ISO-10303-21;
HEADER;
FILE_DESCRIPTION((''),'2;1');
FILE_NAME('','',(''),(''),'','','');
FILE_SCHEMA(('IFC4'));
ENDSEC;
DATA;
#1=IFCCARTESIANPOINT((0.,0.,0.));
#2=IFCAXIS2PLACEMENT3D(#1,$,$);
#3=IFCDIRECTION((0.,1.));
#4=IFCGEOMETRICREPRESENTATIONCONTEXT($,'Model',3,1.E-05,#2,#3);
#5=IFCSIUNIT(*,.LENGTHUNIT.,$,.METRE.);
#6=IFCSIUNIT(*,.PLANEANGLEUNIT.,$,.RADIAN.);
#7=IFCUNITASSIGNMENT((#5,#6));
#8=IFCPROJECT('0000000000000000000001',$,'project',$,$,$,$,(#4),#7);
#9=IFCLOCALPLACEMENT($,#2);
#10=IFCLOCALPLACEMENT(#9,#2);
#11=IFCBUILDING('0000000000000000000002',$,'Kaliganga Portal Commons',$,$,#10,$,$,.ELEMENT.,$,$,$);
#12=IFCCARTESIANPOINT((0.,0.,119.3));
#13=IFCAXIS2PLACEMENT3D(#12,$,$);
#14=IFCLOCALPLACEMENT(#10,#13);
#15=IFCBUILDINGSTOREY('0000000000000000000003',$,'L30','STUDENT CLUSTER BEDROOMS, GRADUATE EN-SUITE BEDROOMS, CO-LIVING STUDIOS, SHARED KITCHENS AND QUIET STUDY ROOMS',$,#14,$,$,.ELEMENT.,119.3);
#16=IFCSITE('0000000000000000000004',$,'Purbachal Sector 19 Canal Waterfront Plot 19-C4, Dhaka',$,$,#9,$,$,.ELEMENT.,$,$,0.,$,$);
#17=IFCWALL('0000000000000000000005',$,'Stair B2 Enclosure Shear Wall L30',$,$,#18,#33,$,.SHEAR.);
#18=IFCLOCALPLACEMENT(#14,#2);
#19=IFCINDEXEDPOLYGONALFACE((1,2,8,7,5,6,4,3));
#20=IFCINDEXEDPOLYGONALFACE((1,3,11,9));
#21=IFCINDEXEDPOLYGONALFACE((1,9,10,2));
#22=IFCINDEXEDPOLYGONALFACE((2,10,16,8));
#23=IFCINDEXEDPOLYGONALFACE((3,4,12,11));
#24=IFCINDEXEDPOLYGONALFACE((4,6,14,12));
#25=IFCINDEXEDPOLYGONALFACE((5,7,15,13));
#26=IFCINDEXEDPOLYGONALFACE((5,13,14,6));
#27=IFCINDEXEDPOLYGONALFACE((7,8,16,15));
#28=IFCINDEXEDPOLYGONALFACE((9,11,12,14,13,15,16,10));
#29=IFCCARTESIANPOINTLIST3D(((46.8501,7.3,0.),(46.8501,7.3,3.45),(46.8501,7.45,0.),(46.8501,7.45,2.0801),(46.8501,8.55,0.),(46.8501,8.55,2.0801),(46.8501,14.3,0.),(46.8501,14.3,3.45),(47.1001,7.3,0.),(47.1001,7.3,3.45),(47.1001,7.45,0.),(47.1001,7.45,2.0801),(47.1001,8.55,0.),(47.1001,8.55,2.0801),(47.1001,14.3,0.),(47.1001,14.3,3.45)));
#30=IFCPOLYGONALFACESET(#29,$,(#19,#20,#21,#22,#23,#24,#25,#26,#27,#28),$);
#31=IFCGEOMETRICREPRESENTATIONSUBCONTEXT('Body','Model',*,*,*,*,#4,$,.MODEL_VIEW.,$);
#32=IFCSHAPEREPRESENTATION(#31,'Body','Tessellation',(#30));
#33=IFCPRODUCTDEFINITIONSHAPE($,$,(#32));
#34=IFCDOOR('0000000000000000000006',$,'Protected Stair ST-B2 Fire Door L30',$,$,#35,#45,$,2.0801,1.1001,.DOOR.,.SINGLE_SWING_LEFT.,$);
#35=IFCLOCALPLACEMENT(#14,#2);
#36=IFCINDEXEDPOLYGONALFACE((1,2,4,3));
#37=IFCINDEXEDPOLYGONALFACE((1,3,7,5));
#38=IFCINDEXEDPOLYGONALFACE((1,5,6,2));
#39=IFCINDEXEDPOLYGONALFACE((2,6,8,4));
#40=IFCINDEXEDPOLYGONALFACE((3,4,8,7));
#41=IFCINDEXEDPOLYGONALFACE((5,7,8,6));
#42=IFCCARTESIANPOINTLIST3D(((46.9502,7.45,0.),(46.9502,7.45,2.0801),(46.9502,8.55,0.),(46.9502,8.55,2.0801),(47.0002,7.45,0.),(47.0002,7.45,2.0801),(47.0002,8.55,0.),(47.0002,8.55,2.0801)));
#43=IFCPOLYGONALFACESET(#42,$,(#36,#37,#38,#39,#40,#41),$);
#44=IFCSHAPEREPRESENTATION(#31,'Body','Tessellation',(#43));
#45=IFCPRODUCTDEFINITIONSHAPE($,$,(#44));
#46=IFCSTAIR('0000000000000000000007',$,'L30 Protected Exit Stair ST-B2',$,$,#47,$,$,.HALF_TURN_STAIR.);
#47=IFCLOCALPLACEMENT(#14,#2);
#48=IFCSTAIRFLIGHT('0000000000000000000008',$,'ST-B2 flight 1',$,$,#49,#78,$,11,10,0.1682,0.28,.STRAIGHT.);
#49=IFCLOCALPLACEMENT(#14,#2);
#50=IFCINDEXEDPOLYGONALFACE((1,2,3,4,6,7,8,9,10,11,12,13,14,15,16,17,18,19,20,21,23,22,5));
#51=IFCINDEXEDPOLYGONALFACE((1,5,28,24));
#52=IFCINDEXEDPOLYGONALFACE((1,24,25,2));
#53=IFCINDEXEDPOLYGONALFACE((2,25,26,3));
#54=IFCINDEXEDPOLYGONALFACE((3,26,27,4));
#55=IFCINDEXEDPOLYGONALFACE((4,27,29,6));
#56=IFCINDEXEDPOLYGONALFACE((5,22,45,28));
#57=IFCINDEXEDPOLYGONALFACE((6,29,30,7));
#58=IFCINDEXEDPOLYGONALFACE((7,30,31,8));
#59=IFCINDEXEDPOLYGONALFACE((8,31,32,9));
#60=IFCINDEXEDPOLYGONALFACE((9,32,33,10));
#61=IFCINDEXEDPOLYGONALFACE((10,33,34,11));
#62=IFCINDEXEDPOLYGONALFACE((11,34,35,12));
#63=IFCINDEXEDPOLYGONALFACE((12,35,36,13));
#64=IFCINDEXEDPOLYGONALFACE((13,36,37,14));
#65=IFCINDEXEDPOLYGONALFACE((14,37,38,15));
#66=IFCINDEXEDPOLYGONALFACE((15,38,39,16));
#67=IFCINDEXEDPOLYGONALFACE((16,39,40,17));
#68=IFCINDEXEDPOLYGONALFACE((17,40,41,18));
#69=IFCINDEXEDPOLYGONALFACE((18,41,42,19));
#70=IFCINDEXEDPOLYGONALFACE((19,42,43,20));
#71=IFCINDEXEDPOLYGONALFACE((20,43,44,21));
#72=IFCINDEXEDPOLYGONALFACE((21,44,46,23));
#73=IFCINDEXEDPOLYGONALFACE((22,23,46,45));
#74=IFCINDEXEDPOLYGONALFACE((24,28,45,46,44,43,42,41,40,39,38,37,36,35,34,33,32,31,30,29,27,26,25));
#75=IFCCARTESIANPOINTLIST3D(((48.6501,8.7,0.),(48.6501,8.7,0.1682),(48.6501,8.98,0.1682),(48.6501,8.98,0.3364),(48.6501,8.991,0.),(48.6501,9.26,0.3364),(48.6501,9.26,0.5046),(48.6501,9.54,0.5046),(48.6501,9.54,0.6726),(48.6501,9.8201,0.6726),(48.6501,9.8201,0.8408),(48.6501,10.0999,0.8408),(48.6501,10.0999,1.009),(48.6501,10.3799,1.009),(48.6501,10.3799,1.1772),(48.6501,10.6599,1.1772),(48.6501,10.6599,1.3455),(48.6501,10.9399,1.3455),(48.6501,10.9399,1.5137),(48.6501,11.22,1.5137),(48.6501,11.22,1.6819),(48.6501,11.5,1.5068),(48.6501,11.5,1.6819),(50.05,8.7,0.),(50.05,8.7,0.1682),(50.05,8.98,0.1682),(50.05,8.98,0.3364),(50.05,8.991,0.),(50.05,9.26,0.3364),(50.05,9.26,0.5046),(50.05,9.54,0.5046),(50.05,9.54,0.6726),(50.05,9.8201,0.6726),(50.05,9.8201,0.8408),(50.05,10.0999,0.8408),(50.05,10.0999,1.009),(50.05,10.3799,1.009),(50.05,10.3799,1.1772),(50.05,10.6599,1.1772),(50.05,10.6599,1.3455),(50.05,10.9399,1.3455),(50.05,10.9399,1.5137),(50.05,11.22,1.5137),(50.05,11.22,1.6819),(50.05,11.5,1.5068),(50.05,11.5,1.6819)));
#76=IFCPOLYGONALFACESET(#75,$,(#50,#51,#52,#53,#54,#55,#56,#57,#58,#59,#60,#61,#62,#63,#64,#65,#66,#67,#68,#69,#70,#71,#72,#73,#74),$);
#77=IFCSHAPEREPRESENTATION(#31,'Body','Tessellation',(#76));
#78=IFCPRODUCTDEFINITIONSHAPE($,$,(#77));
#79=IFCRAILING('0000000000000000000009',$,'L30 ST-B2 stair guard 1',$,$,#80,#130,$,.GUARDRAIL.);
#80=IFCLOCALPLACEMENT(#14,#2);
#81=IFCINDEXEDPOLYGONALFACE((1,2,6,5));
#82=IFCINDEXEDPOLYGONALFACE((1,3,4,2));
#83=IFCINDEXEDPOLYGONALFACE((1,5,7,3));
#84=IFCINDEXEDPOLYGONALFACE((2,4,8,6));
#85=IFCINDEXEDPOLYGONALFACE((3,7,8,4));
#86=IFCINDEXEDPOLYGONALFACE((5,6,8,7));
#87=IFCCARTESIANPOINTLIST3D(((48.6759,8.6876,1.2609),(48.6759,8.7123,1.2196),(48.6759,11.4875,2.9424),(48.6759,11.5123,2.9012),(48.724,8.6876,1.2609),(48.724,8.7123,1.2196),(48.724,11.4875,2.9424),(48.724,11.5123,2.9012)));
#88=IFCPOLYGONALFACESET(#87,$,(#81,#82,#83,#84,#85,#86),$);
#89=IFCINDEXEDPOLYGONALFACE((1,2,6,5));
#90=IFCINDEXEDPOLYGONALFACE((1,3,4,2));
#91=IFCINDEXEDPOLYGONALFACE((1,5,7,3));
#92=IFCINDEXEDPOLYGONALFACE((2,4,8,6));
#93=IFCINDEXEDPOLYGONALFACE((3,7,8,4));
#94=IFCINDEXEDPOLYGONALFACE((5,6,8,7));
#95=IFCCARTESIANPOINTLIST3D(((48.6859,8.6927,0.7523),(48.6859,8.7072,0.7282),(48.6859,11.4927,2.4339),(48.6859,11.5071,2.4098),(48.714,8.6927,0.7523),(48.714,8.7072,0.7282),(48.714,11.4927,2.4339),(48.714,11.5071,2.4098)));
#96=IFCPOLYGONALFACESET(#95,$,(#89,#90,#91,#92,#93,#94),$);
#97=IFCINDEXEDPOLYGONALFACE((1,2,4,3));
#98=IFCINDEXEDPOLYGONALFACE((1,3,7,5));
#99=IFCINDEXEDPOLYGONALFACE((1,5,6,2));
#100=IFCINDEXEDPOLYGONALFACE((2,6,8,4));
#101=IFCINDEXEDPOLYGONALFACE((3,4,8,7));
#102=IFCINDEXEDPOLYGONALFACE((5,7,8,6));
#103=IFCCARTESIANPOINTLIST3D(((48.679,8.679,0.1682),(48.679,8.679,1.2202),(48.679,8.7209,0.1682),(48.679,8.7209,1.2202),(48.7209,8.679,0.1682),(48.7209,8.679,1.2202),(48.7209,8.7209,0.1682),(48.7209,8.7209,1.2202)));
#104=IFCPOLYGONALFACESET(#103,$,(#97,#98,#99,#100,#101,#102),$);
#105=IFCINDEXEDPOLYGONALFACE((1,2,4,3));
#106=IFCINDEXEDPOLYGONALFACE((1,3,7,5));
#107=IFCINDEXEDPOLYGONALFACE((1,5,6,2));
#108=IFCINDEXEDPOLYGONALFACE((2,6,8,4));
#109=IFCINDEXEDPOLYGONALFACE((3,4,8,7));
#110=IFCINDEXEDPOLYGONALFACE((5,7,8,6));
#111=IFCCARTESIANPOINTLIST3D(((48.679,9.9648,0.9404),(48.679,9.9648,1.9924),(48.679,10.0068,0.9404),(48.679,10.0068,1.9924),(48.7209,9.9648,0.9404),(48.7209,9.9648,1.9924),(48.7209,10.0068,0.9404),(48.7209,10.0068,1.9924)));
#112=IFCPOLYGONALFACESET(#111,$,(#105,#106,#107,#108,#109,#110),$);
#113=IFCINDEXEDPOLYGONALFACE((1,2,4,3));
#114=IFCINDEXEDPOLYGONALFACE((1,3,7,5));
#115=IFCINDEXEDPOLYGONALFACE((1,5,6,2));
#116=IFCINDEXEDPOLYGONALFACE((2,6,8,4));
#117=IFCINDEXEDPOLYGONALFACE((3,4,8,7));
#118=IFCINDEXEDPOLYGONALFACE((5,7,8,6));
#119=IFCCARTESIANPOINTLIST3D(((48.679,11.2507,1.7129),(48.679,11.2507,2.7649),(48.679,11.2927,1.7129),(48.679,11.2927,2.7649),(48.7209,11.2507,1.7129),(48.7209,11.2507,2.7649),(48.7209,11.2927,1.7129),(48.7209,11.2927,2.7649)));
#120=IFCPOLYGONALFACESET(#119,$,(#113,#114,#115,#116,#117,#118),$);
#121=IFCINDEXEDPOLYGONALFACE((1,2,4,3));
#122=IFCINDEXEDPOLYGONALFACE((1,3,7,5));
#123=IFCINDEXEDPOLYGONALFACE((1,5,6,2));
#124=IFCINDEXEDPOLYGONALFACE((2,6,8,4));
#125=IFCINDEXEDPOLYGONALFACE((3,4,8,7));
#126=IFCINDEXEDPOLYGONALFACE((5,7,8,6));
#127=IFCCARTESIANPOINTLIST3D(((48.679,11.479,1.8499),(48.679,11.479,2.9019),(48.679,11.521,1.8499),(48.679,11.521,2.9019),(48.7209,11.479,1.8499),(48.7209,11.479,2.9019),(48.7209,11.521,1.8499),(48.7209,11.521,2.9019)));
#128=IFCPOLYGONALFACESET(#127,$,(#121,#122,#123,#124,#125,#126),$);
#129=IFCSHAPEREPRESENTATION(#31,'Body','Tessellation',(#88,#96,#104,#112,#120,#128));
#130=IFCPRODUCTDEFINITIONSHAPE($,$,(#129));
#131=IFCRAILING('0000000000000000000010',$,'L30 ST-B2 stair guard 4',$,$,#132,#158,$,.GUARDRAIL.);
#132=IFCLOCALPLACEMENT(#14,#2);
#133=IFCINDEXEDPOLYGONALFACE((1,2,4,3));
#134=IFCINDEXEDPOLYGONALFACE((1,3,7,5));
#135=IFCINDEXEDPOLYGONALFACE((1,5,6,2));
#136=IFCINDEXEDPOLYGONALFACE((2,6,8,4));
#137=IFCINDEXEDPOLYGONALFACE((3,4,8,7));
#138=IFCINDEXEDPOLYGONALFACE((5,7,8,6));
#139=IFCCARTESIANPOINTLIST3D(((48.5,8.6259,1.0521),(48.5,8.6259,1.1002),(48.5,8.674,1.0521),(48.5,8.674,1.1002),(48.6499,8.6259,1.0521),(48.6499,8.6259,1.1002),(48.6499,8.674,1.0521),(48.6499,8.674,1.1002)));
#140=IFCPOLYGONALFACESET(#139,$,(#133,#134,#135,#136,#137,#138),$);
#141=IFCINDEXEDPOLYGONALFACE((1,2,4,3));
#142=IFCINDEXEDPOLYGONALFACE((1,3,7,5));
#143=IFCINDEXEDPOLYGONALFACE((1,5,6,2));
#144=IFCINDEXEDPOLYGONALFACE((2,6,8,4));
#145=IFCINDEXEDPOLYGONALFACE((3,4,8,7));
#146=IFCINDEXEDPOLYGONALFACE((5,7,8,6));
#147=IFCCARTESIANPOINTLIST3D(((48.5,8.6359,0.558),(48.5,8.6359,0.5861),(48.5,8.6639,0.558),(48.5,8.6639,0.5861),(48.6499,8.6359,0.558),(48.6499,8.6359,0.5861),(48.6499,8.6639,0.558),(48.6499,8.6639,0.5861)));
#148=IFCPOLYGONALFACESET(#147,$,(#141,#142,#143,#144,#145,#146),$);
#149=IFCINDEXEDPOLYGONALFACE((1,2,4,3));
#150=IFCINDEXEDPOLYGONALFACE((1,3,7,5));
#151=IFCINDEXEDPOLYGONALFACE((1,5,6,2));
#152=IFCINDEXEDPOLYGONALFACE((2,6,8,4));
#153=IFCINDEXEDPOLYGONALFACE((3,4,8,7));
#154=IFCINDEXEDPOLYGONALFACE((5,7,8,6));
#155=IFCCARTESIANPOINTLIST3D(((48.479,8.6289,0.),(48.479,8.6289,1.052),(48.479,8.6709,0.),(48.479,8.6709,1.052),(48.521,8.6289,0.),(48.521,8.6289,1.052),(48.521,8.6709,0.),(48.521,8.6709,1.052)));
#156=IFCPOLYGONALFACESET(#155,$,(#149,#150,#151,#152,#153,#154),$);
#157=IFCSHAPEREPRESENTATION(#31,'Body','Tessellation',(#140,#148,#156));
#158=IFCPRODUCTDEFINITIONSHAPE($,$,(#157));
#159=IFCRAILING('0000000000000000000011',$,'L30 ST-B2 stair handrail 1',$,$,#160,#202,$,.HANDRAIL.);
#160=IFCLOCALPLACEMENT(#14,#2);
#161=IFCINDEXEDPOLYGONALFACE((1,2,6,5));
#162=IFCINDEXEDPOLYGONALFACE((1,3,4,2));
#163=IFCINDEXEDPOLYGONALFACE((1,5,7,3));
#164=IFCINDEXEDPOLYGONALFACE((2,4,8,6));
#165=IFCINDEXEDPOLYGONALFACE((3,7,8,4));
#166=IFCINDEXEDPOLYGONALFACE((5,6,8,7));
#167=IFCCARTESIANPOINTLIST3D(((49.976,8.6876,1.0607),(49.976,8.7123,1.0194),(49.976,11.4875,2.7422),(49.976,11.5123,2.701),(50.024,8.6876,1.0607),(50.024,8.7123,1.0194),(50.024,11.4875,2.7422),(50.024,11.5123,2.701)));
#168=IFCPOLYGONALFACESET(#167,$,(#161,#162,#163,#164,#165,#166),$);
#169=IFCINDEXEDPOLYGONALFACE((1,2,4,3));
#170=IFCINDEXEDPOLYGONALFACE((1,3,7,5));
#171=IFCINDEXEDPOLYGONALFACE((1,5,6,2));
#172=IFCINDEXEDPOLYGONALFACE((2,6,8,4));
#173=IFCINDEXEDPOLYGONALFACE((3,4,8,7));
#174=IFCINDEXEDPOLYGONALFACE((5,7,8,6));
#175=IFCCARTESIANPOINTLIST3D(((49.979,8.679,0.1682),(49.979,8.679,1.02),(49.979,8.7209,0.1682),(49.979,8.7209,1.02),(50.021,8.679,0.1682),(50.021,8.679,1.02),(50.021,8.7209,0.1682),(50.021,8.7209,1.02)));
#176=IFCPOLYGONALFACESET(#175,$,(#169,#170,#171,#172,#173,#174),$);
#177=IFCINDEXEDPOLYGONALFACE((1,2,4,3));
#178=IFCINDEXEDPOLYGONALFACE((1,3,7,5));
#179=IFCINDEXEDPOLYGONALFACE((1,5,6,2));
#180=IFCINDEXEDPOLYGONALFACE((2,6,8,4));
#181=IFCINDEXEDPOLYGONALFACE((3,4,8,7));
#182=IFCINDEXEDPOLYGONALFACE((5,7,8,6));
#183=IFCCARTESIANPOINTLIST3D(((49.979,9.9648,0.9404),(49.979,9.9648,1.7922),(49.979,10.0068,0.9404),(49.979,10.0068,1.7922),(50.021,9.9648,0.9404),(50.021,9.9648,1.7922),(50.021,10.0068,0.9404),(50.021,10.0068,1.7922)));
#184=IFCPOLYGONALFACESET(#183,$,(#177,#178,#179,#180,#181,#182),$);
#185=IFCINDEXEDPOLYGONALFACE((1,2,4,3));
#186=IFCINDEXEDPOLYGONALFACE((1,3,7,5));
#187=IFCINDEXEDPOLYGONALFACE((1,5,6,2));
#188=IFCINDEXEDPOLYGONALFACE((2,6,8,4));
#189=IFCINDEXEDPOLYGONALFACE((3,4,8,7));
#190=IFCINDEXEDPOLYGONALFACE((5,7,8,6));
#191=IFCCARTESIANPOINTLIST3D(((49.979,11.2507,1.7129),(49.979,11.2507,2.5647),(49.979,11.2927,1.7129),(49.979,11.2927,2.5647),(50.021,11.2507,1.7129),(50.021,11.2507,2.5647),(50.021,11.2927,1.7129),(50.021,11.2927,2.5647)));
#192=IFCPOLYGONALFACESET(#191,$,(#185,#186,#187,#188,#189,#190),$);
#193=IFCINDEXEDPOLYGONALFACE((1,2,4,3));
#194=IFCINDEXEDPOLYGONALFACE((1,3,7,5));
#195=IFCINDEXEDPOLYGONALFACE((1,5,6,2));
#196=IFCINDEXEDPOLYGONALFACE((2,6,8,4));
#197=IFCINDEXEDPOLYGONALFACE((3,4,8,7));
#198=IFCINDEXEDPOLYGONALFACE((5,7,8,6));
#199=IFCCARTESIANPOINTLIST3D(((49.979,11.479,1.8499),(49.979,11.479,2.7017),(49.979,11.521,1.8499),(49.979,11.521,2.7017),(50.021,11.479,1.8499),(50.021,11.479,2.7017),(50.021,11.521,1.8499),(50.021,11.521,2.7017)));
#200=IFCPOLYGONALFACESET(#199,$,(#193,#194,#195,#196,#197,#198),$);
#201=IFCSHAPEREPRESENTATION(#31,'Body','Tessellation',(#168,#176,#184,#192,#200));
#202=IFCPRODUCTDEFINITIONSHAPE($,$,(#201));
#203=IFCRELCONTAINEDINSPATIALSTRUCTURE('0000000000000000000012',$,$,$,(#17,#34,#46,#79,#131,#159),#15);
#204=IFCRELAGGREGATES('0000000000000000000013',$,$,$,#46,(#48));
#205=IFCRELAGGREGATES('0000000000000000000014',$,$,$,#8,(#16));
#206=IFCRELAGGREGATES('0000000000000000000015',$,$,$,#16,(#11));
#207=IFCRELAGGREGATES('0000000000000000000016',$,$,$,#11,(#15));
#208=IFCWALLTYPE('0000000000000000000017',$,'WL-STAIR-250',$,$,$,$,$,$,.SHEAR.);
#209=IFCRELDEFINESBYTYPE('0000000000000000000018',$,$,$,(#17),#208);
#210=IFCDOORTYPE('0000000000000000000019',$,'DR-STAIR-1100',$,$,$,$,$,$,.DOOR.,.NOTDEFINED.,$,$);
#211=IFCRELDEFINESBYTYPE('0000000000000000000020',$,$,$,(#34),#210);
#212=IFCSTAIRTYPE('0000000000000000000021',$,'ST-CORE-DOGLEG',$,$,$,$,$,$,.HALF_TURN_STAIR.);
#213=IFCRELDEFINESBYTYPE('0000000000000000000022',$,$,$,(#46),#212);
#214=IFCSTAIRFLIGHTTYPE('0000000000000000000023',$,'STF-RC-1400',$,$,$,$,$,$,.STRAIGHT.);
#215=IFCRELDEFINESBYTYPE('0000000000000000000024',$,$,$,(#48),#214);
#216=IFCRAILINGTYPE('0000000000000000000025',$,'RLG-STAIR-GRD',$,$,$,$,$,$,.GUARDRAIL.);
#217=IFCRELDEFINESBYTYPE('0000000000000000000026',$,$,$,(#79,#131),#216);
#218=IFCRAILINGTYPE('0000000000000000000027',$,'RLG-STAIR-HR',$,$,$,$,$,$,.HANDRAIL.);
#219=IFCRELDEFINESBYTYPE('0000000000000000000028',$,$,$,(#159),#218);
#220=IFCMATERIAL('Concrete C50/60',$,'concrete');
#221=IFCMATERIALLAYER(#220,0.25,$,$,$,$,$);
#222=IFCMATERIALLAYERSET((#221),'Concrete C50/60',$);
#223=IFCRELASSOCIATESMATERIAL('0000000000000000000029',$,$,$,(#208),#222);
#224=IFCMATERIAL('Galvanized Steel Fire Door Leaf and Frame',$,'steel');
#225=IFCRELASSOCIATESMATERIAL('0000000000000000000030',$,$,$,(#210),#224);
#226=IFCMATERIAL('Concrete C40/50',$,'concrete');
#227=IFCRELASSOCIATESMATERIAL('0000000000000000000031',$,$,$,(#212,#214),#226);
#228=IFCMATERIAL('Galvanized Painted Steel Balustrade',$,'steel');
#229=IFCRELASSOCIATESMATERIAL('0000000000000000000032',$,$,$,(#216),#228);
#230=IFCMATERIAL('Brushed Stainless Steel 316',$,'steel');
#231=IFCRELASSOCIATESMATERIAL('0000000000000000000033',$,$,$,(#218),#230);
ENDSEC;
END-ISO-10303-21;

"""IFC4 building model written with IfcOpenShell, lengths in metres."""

from ifc_helpers import new_model, si_unit, direction, frame, frame_2d, origin, origin_2d, place, context, subcontext, project, spatial, polyline, rectangle, outline, extrude, material, layer, layer_set, type_object, element, fill, aggregate, save


model = new_model("IFC4")

# Units and contexts
model_context = context("Model", 3, precision=1e-05, world=origin(), true_north=direction((0.0, 1.0)))
body_context = subcontext(model_context, "Body", "Model", "MODEL_VIEW")
ifc_project = project(units=[si_unit("LENGTHUNIT", "METRE"), si_unit("PLANEANGLEUNIT", "RADIAN")], contexts=[model_context])

# Site, building, storey
site_placement = place(None, origin())
site = spatial("IfcSite", under=ifc_project, at=site_placement, Name="Purbachal Sector 19 Canal Waterfront Plot 19-C4, Dhaka", CompositionType="ELEMENT", RefElevation=0.0)
building_placement = place(site_placement, origin())
building = spatial("IfcBuilding", under=site, at=building_placement, Name="Kaliganga Portal Commons", CompositionType="ELEMENT")
storey_placement = place(building_placement, frame((0.0, 0.0, 119.3)))
storey = spatial("IfcBuildingStorey", under=building, at=storey_placement, Name="L30", Description="STUDENT CLUSTER BEDROOMS, GRADUATE EN-SUITE BEDROOMS, CO-LIVING STUDIOS, SHARED KITCHENS AND QUIET STUDY ROOMS", CompositionType="ELEMENT", Elevation=119.3)

# Wall, opening, door
ifc_material_1 = material(Name="Concrete C50/60", Category="concrete")
ifc_layer_1 = layer(ifc_material_1, 0.25)
ifc_layer_set_1 = layer_set([ifc_layer_1], Name="Concrete C50/60")
wall_type_1 = type_object("IfcWallType", Name="WL-STAIR-250", PredefinedType="SHEAR", material=ifc_layer_set_1)
wall_1_placement = place(storey_placement, frame((46.9751, 7.3, 0.0), z_axis=(0.0, 0.0, 1.0), x_axis=(0.0, 1.0, 0.0)))
wall_1 = element("IfcWall", 1, at=wall_1_placement, inside=storey, type_object=wall_type_1, Name="Stair B2 Enclosure Shear Wall L30", PredefinedType="SHEAR", context=body_context, shape_type="SweptSolid", body=[
    extrude(rectangle(XDim=7.0, YDim=0.25, at=frame_2d((3.5, 0.0))), origin(), (0.0, 0.0, 1.0), 3.45),
])
opening_1_placement = place(wall_1_placement, frame((0.1499, 0.0, 0.0)))
opening_1 = element("IfcOpeningElement", 2, at=opening_1_placement, cuts=wall_1, PredefinedType="OPENING", context=body_context, shape_type="SweptSolid", body=[
    extrude(rectangle(XDim=1.1001, YDim=2.0801, at=frame_2d((0.55, 1.04))), frame((0.0, 0.135, 0.0), z_axis=(0.0, -1.0, 0.0), x_axis=(1.0, 0.0, 0.0)), (0.0, 0.0, 1.0), 0.27),
])
ifc_material_2 = material(Name="Galvanized Steel Fire Door Leaf and Frame", Category="steel")
door_type_1 = type_object("IfcDoorType", Name="DR-STAIR-1100", OperationType="NOTDEFINED", PredefinedType="DOOR", material=ifc_material_2)
door_1_placement = place(opening_1_placement, origin())
door_1 = element("IfcDoor", 3, at=door_1_placement, inside=storey, type_object=door_type_1, Name="Protected Stair ST-B2 Fire Door L30", OperationType="SINGLE_SWING_LEFT", OverallHeight=2.0801, OverallWidth=1.1001, PredefinedType="DOOR", context=body_context, shape_type="SweptSolid", body=[
    extrude(rectangle(XDim=1.1001, YDim=2.0801, at=frame_2d((0.55, 1.04))), frame((0.0, 0.0249, 0.0), z_axis=(0.0, -1.0, 0.0), x_axis=(1.0, 0.0, 0.0)), (0.0, 0.0, 1.0), 0.05),
])
fill(opening_1, door_1)

# Stair, stair flight
ifc_material_3 = material(Name="Concrete C40/50", Category="concrete")
stair_type = type_object("IfcStairType", Name="ST-CORE-DOGLEG", PredefinedType="HALF_TURN_STAIR", material=ifc_material_3)
stair_placement = place(storey_placement, origin())
stair = element("IfcStair", 4, at=stair_placement, inside=storey, type_object=stair_type, Name="L30 Protected Exit Stair ST-B2", PredefinedType="HALF_TURN_STAIR")
stair_flight_type = type_object("IfcStairFlightType", Name="STF-RC-1400", PredefinedType="STRAIGHT", material=ifc_material_3)
stair_flight_placement = place(storey_placement, frame((49.3501, 8.7, 0.0), z_axis=(0.0, 0.0, 1.0), x_axis=(0.0, 1.0, 0.0)))
stair_flight = element("IfcStairFlight", 5, at=stair_flight_placement, type_object=stair_flight_type, Name="ST-B2 flight 1", NumberOfRisers=11, NumberOfTreads=10, PredefinedType="STRAIGHT", RiserHeight=0.1682, TreadLength=0.28, context=body_context, shape_type="SweptSolid", body=[
    extrude(outline(polyline([(0.0, 0.0), (0.0, 0.1682), (0.28, 0.1682), (0.28, 0.3364), (0.5601, 0.3364), (0.5601, 0.5046), (0.8401, 0.5046), (0.8401, 0.6726), (1.1201, 0.6726), (1.1201, 0.8408), (1.3999, 0.8408), (1.3999, 1.009), (1.6799, 1.009), (1.6799, 1.1772), (1.96, 1.1772), (1.96, 1.3455), (2.24, 1.3455), (2.24, 1.5137), (2.52, 1.5137), (2.52, 1.6819), (2.8, 1.6819), (2.8, 1.8501), (2.8, 1.5068), (0.291, 0.0), (0.0, 0.0)])), frame((0.0, 0.7, 0.0), z_axis=(0.0, -1.0, 0.0), x_axis=(1.0, 0.0, 0.0)), (0.0, 0.0, 1.0), 1.3999),
])
aggregate(stair, [stair_flight])

# Railings
ifc_material_4 = material(Name="Galvanized Painted Steel Balustrade", Category="steel")
railing_type_1 = type_object("IfcRailingType", Name="RLG-STAIR-GRD", PredefinedType="GUARDRAIL", material=ifc_material_4)
railing_1_placement = place(storey_placement, frame((48.7, 8.7, 0.1682)))
element("IfcRailing", 6, at=railing_1_placement, inside=storey, type_object=railing_type_1, Name="L30 ST-B2 stair guard 1", PredefinedType="GUARDRAIL", context=body_context, shape_type="SweptSolid", body=[
    extrude(rectangle(XDim=0.0481, YDim=0.0481, at=origin_2d()), frame((0.0, 0.0, 1.072), z_axis=(0.0, 0.857275, 0.514858), x_axis=(-1.0, 0.0, 0.0)), (0.0, 0.0, 1.0), 3.2661),
    extrude(rectangle(XDim=0.0281, YDim=0.0281, at=origin_2d()), frame((0.0, 0.0, 0.572), z_axis=(0.0, 0.857275, 0.514858), x_axis=(-1.0, 0.0, 0.0)), (0.0, 0.0, 1.0), 3.2661),
    extrude(rectangle(XDim=0.042, YDim=0.042, at=origin_2d()), origin(), (0.0, 0.0, 1.0), 1.052),
    extrude(rectangle(XDim=0.042, YDim=0.042, at=origin_2d()), frame((0.0, 1.2859, 0.7722)), (0.0, 0.0, 1.0), 1.052),
    extrude(rectangle(XDim=0.042, YDim=0.042, at=origin_2d()), frame((0.0, 2.5718, 1.5447)), (0.0, 0.0, 1.0), 1.052),
    extrude(rectangle(XDim=0.042, YDim=0.042, at=origin_2d()), frame((0.0, 2.8, 1.6816)), (0.0, 0.0, 1.0), 1.052),
])
railing_2_placement = place(storey_placement, frame((48.6499, 8.6499, 0.0)))
element("IfcRailing", 7, at=railing_2_placement, inside=storey, type_object=railing_type_1, Name="L30 ST-B2 stair guard 4", PredefinedType="GUARDRAIL", context=body_context, shape_type="SweptSolid", body=[
    extrude(rectangle(XDim=0.0481, YDim=0.0481, at=origin_2d()), frame((0.0, 0.0, 1.0762), z_axis=(-1.0, 0.0, 0.0), x_axis=(0.0, -1.0, 0.0)), (0.0, 0.0, 1.0), 0.1499),
    extrude(rectangle(XDim=0.0281, YDim=0.0281, at=origin_2d()), frame((0.0, 0.0, 0.572), z_axis=(-1.0, 0.0, 0.0), x_axis=(0.0, -1.0, 0.0)), (0.0, 0.0, 1.0), 0.1499),
    extrude(rectangle(XDim=0.042, YDim=0.042, at=origin_2d()), frame((-0.1499, 0.0, 0.0)), (0.0, 0.0, 1.0), 1.052),
])
ifc_material_5 = material(Name="Brushed Stainless Steel 316", Category="steel")
railing_type_2 = type_object("IfcRailingType", Name="RLG-STAIR-HR", PredefinedType="HANDRAIL", material=ifc_material_5)
railing_3_placement = place(storey_placement, frame((50.0, 8.7, 0.1682)))
element("IfcRailing", 8, at=railing_3_placement, inside=storey, type_object=railing_type_2, Name="L30 ST-B2 stair handrail 1", PredefinedType="HANDRAIL", context=body_context, shape_type="SweptSolid", body=[
    extrude(rectangle(XDim=0.0481, YDim=0.0481, at=origin_2d()), frame((0.0, 0.0, 0.8718), z_axis=(0.0, 0.857275, 0.514858), x_axis=(-1.0, 0.0, 0.0)), (0.0, 0.0, 1.0), 3.2661),
    extrude(rectangle(XDim=0.042, YDim=0.042, at=origin_2d()), origin(), (0.0, 0.0, 1.0), 0.8518),
    extrude(rectangle(XDim=0.042, YDim=0.042, at=origin_2d()), frame((0.0, 1.2859, 0.7722)), (0.0, 0.0, 1.0), 0.8518),
    extrude(rectangle(XDim=0.042, YDim=0.042, at=origin_2d()), frame((0.0, 2.5718, 1.5447)), (0.0, 0.0, 1.0), 0.8518),
    extrude(rectangle(XDim=0.042, YDim=0.042, at=origin_2d()), frame((0.0, 2.8, 1.6816)), (0.0, 0.0, 1.0), 0.8518),
])

save(model, "model.ifc")
